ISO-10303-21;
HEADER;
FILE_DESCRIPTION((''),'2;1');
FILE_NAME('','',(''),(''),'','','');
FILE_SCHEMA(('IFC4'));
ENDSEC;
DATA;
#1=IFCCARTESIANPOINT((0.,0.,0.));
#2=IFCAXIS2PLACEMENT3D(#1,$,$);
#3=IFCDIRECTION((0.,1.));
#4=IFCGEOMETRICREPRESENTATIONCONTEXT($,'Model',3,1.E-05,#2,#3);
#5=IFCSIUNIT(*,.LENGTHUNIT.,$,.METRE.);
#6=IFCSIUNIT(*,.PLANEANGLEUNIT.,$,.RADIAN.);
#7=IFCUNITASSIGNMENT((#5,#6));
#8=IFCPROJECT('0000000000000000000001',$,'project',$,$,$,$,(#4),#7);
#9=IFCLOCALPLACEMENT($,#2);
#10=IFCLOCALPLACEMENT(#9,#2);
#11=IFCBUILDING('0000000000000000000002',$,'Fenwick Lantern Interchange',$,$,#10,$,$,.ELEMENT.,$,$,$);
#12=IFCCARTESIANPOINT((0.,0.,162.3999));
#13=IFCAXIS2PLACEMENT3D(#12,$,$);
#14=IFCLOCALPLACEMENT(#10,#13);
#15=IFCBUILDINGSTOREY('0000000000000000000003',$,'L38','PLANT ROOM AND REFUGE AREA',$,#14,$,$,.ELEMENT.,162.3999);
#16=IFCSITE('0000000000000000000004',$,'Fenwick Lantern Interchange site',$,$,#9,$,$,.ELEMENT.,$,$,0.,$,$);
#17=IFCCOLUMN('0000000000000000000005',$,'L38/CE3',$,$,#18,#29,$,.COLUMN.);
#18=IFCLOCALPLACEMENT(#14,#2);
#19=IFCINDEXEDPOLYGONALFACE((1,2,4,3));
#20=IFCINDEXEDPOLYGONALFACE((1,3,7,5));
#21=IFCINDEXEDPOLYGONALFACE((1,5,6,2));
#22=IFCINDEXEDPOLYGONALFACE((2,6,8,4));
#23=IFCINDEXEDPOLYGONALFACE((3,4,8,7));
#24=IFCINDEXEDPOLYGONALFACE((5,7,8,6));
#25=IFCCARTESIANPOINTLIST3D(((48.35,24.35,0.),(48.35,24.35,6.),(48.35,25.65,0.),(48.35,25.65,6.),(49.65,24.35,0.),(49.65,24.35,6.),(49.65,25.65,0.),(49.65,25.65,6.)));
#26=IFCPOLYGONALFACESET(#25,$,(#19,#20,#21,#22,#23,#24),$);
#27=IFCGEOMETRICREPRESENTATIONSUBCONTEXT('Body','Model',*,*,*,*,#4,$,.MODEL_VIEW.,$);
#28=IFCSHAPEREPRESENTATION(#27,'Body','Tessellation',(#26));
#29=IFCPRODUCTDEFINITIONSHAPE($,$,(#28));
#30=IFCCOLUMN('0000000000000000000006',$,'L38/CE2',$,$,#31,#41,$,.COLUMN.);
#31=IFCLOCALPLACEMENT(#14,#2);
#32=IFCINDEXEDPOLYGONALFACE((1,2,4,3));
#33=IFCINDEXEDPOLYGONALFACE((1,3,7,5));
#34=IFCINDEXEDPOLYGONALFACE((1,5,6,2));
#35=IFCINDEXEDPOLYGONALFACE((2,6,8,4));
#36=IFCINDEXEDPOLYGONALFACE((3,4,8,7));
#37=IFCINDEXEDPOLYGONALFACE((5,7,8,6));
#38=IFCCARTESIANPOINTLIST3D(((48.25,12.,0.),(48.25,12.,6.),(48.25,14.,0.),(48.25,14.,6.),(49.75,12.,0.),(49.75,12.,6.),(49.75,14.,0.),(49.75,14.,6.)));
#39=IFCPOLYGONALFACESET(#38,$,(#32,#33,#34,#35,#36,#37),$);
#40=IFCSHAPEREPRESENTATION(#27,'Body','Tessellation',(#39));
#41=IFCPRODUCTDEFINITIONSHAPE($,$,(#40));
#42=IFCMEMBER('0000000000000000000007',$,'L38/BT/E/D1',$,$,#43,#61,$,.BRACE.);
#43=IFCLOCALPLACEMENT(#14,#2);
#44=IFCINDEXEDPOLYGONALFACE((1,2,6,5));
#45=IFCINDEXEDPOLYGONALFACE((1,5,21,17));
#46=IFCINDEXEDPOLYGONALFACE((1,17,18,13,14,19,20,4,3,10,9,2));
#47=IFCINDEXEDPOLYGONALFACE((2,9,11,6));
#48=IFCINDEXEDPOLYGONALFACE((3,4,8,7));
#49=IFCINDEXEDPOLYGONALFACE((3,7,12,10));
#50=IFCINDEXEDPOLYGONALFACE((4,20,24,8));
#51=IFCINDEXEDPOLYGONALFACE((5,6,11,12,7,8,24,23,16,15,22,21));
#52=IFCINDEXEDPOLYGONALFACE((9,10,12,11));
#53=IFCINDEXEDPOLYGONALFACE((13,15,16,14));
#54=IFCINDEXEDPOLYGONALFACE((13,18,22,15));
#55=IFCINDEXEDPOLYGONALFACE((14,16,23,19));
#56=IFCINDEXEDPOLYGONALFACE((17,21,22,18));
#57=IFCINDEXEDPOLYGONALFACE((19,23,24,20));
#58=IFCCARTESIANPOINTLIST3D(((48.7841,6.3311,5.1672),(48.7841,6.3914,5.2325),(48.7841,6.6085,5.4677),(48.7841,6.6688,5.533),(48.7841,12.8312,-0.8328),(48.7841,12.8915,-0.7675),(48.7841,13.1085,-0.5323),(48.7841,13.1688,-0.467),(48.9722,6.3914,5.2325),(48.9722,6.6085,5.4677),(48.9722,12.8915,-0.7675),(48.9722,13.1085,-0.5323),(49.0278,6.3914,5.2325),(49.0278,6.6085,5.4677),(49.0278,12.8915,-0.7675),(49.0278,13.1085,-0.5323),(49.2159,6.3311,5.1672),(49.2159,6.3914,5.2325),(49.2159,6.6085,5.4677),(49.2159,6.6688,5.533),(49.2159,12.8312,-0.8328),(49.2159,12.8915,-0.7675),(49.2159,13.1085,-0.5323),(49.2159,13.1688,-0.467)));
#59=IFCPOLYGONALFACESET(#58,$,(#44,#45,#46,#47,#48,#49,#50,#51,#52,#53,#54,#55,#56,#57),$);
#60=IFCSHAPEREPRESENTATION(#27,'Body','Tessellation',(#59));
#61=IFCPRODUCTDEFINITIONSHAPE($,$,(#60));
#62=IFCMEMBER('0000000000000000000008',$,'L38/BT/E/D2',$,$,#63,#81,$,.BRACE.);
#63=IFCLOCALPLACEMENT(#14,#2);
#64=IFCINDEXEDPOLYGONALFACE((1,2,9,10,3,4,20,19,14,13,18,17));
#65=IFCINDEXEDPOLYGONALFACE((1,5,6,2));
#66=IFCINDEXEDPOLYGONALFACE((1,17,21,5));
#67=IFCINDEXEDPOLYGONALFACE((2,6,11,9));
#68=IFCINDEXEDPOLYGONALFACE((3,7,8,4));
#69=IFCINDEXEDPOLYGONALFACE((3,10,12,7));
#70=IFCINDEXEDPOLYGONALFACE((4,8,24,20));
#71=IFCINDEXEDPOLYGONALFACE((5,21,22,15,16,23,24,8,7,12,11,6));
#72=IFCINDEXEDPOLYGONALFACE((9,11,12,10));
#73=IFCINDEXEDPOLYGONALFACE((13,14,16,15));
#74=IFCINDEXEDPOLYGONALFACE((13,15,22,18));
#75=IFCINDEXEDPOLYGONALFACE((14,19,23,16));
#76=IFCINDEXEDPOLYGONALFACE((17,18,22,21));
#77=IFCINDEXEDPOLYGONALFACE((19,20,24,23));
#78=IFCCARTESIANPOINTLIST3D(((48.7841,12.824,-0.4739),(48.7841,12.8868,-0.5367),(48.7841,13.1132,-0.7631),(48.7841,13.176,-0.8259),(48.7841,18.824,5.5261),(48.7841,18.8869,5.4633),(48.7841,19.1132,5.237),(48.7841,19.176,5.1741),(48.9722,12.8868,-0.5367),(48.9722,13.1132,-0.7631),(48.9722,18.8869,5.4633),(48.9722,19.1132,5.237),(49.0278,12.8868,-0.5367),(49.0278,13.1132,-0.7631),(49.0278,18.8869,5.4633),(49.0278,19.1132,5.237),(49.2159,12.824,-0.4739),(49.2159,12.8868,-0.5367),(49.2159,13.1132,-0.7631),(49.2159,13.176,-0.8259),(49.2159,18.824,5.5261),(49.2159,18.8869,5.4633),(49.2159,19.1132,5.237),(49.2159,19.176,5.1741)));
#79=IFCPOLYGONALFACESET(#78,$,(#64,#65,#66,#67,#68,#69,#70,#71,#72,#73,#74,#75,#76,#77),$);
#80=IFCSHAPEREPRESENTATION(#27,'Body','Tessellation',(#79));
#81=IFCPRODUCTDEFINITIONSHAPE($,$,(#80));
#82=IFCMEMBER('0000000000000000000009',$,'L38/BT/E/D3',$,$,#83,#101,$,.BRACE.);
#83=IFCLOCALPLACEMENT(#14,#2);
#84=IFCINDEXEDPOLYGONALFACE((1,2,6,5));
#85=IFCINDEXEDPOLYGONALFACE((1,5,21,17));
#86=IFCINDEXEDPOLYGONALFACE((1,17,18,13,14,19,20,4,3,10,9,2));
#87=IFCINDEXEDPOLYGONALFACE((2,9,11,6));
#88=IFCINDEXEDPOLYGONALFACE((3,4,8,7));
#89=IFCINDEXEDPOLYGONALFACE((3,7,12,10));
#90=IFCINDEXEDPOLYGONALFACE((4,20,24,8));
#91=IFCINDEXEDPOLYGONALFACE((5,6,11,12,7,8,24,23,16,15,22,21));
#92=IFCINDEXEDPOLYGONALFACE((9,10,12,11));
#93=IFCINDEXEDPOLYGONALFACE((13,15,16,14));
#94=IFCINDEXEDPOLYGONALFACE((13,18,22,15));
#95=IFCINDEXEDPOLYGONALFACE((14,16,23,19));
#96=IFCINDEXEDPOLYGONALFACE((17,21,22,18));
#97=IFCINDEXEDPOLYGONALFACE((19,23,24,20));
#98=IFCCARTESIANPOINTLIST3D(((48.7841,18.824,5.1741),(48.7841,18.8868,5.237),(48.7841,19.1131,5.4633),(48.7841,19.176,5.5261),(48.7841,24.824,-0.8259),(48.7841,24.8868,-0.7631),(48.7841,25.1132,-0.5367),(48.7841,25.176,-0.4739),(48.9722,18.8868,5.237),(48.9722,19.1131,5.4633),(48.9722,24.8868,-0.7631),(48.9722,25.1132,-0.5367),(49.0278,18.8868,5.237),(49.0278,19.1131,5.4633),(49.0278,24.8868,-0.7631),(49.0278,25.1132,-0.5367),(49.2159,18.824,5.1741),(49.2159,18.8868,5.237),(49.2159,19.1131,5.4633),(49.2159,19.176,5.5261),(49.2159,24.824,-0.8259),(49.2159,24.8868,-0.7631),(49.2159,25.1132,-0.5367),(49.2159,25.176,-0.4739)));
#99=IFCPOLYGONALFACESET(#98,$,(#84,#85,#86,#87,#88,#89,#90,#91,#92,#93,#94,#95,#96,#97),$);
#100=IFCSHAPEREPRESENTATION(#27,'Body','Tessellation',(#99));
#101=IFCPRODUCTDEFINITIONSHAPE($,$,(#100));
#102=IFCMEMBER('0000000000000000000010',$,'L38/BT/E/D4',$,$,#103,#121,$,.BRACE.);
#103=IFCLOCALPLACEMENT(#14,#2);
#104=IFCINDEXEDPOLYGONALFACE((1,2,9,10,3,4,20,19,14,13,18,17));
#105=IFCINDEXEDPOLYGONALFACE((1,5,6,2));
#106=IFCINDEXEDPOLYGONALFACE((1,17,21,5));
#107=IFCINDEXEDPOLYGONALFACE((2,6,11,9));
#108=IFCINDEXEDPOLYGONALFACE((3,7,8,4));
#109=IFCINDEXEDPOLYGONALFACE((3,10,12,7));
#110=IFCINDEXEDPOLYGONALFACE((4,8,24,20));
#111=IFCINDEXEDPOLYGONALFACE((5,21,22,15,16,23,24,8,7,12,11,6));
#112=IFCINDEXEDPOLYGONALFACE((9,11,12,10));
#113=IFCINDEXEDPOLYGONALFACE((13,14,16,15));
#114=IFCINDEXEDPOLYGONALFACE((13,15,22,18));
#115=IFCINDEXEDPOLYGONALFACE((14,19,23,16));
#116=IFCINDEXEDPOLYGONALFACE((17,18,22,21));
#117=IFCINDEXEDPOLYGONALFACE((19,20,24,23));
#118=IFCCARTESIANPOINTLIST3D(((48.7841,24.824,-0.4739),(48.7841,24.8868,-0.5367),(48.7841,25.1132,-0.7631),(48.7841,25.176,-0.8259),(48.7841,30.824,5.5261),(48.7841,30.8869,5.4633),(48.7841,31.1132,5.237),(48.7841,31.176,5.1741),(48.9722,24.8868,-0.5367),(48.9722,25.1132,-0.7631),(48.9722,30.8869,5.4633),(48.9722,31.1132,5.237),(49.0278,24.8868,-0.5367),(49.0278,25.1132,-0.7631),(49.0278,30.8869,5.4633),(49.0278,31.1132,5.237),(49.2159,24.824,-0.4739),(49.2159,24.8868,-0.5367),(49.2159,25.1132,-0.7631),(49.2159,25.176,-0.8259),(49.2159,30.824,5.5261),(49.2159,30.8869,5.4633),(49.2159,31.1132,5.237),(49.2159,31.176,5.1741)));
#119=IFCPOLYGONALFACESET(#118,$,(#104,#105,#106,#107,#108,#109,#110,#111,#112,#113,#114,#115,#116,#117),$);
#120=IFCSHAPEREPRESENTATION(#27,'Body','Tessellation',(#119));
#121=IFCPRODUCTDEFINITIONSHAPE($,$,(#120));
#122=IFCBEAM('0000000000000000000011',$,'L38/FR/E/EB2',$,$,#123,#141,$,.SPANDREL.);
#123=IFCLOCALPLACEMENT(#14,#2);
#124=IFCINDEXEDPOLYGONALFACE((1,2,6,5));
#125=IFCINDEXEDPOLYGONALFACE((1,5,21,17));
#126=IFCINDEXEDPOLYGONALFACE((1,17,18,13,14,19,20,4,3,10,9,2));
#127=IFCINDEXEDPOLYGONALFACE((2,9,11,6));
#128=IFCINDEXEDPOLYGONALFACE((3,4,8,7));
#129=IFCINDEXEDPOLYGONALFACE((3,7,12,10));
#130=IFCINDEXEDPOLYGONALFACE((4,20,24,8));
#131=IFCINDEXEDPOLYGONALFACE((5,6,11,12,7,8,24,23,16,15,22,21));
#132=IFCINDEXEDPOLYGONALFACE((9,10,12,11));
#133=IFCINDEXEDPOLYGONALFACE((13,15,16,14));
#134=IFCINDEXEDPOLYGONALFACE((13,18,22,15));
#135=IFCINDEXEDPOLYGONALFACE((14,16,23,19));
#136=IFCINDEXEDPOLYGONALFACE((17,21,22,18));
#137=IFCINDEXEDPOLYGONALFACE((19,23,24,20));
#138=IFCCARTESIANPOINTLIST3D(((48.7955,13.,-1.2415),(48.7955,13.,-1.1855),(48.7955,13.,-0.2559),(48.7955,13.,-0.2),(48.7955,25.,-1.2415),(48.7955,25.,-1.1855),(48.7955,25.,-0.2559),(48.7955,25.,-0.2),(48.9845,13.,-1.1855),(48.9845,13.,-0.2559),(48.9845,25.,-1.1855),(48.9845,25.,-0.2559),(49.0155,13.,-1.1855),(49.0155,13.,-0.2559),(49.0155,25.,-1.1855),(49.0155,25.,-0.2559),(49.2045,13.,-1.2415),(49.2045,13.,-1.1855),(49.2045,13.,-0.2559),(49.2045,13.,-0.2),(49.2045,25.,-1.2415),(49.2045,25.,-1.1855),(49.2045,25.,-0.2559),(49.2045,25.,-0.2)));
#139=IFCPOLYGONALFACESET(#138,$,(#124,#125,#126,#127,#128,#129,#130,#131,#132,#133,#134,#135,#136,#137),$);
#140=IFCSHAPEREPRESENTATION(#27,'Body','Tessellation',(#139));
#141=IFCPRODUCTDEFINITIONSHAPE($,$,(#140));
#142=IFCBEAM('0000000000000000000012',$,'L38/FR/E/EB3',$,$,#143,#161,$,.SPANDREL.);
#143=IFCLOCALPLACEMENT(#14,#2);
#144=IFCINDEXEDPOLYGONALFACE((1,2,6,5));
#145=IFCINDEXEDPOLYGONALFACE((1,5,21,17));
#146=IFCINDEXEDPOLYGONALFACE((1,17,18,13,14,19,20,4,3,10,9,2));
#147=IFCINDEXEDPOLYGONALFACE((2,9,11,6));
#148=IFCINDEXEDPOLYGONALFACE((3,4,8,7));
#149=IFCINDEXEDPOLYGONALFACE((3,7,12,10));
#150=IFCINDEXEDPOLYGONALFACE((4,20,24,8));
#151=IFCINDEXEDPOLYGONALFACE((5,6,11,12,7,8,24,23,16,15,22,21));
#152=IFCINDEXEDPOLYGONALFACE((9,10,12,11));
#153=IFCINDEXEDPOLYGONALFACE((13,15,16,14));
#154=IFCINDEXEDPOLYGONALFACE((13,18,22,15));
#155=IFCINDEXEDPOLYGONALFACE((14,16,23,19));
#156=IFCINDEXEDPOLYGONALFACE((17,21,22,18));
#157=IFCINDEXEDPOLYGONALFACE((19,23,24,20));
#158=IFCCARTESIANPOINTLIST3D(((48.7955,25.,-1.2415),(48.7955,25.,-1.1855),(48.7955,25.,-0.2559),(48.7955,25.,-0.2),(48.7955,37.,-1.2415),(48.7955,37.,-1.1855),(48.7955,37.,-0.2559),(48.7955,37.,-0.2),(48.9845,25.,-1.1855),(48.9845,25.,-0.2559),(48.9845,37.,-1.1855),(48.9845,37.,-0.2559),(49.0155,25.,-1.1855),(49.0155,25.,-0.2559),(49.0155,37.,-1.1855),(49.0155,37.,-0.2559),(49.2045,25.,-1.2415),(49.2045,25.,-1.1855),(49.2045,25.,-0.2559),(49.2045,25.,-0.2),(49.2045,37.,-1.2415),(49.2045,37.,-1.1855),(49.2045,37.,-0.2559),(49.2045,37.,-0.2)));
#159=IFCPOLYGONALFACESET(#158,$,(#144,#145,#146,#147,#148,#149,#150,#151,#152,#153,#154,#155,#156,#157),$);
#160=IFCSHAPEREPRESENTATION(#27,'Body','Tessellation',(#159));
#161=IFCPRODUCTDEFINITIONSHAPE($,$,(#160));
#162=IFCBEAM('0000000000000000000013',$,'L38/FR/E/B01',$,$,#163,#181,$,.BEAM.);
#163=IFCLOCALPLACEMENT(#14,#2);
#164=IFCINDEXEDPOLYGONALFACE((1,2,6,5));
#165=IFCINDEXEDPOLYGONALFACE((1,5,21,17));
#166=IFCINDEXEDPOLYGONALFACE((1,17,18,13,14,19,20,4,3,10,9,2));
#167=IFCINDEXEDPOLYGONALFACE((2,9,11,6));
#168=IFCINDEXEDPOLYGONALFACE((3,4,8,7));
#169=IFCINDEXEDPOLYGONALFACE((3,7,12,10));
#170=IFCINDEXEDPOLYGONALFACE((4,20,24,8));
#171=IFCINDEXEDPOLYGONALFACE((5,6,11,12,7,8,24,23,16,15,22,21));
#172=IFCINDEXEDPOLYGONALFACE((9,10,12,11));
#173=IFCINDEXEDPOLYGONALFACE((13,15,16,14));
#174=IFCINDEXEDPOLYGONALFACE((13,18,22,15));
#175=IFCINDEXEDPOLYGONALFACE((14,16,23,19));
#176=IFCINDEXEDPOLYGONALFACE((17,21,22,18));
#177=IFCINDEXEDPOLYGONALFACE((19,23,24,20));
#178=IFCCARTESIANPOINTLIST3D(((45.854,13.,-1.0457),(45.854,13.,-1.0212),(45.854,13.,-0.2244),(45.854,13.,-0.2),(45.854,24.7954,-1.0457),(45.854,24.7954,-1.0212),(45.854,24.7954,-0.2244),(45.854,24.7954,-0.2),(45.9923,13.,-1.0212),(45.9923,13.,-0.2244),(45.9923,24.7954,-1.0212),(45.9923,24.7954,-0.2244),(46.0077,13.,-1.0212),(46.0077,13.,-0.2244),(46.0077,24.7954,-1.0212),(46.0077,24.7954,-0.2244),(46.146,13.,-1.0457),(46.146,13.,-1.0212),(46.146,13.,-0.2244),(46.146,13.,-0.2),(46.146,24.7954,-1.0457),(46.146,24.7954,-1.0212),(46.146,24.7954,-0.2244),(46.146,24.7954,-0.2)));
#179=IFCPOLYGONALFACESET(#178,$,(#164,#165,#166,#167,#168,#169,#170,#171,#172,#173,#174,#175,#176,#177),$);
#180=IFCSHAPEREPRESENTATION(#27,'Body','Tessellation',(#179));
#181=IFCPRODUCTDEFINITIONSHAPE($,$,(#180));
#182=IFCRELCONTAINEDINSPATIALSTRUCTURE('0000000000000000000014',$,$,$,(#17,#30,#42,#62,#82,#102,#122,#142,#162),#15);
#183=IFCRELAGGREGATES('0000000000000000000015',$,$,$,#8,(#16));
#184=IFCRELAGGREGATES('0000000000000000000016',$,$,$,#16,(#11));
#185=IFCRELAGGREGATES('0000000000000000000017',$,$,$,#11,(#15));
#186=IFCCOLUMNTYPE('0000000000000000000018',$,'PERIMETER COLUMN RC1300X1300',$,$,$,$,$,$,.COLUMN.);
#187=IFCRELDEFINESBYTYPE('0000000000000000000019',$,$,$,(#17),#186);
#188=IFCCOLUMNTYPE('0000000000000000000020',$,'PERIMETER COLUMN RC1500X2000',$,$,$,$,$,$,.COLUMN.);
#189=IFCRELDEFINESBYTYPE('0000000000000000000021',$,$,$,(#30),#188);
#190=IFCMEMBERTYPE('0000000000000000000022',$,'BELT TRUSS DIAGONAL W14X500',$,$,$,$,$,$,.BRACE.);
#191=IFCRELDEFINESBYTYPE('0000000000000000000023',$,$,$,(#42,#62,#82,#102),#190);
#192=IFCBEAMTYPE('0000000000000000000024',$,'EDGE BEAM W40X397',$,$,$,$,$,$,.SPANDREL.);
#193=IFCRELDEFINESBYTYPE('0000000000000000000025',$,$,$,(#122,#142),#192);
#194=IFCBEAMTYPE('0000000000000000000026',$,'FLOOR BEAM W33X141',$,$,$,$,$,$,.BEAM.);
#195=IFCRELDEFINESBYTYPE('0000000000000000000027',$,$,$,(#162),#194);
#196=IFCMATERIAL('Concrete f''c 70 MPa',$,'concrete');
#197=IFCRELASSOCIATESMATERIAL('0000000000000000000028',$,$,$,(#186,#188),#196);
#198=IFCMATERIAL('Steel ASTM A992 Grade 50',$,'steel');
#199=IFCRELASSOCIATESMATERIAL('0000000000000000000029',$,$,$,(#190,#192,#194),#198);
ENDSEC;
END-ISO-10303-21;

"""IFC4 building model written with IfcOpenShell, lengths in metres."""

from ifc_helpers import new_model, si_unit, direction, frame, origin, origin_2d, place, context, subcontext, project, spatial, rectangle, i_section, extrude, material, material_profile, profile_set, type_object, element, save


model = new_model("IFC4")

# Units and contexts
model_context = context("Model", 3, precision=1e-05, world=origin(), true_north=direction((0.0, 1.0)))
body_context = subcontext(model_context, "Body", "Model", "MODEL_VIEW")
ifc_project = project(units=[si_unit("LENGTHUNIT", "METRE"), si_unit("PLANEANGLEUNIT", "RADIAN")], contexts=[model_context])

# Site, building, storey
site_placement = place(None, origin())
site = spatial("IfcSite", under=ifc_project, at=site_placement, Name="Fenwick Lantern Interchange site", CompositionType="ELEMENT", RefElevation=0.0)
building_placement = place(site_placement, origin())
building = spatial("IfcBuilding", under=site, at=building_placement, Name="Fenwick Lantern Interchange", CompositionType="ELEMENT")
storey_placement = place(building_placement, frame((0.0, 0.0, 162.3999)))
storey = spatial("IfcBuildingStorey", under=building, at=storey_placement, Name="L38", Description="PLANT ROOM AND REFUGE AREA", CompositionType="ELEMENT", Elevation=162.3999)

# Columns
ifc_material_1 = material(Name="Concrete f'c 70 MPa", Category="concrete")
ifc_material_profile_1 = material_profile(ifc_material_1, rectangle(XDim=1.3, YDim=1.3, at=origin_2d()), Name="RC1300X1300")
ifc_profile_set_1 = profile_set([ifc_material_profile_1], Name="Concrete f'c 70 MPa")
column_type_1 = type_object("IfcColumnType", Name="PERIMETER COLUMN RC1300X1300", PredefinedType="COLUMN", material=ifc_profile_set_1)
column_1_placement = place(storey_placement, frame((49.0, 25.0, 0.0), z_axis=(0.0, 0.0, 1.0), x_axis=(1.0, 0.0, 0.0)))
element("IfcColumn", 1, at=column_1_placement, inside=storey, type_object=column_type_1, Name="L38/CE3", PredefinedType="COLUMN", context=body_context, shape_type="SweptSolid", body=[
    extrude(rectangle(XDim=1.3, YDim=1.3, at=origin_2d()), origin(), (0.0, 0.0, 1.0), 6.0),
])
ifc_material_profile_2 = material_profile(ifc_material_1, rectangle(XDim=1.5, YDim=2.0, at=origin_2d()), Name="RC1500X2000")
ifc_profile_set_2 = profile_set([ifc_material_profile_2], Name="Concrete f'c 70 MPa")
column_type_2 = type_object("IfcColumnType", Name="PERIMETER COLUMN RC1500X2000", PredefinedType="COLUMN", material=ifc_profile_set_2)
column_2_placement = place(storey_placement, frame((49.0, 13.0, 0.0), z_axis=(0.0, 0.0, 1.0), x_axis=(1.0, 0.0, 0.0)))
element("IfcColumn", 2, at=column_2_placement, inside=storey, type_object=column_type_2, Name="L38/CE2", PredefinedType="COLUMN", context=body_context, shape_type="SweptSolid", body=[
    extrude(rectangle(XDim=1.5, YDim=2.0, at=origin_2d()), origin(), (0.0, 0.0, 1.0), 6.0),
])

# Members
ifc_material_2 = material(Name="Steel ASTM A992 Grade 50", Category="steel")
ifc_material_profile_3 = material_profile(ifc_material_2, i_section(OverallWidth=0.4319, OverallDepth=0.4978, WebThickness=0.0557, FlangeThickness=0.0889, at=origin_2d()), Name="W14X500")
ifc_profile_set_3 = profile_set([ifc_material_profile_3], Name="Steel ASTM A992 Grade 50")
member_type_1 = type_object("IfcMemberType", Name="BELT TRUSS DIAGONAL W14X500", PredefinedType="BRACE", material=ifc_profile_set_3)
member_1_placement = place(storey_placement, frame((49.0, 13.0, -0.6499), z_axis=(0.0, -0.734803, 0.67828), x_axis=(1.0, 0.0, 0.0)))
element("IfcMember", 3, at=member_1_placement, inside=storey, type_object=member_type_1, Name="L38/BT/E/D1", PredefinedType="BRACE", context=body_context, shape_type="SweptSolid", body=[
    extrude(i_section(OverallWidth=0.4319, OverallDepth=0.4978, WebThickness=0.0557, FlangeThickness=0.0889, at=origin_2d()), origin(), (0.0, 0.0, 1.0), 8.8459),
])
for number, where, z_axis, x_axis, name in (
    (4, (49.0, 13.0, -0.6499), (0.0, 0.707107, 0.707107), (-1.0, 0.0, 0.0), "L38/BT/E/D2"),
    (5, (49.0, 25.0, -0.6499), (0.0, -0.707107, 0.707107), (1.0, 0.0, 0.0), "L38/BT/E/D3"),
    (6, (49.0, 25.0, -0.6499), (0.0, 0.707107, 0.707107), (-1.0, 0.0, 0.0), "L38/BT/E/D4"),
):
    element("IfcMember", number, at=place(storey_placement, frame(where, z_axis=z_axis, x_axis=x_axis)), inside=storey, type_object=member_type_1, Name=name, PredefinedType="BRACE", context=body_context, shape_type="SweptSolid", body=[
        extrude(i_section(OverallWidth=0.4319, OverallDepth=0.4978, WebThickness=0.0557, FlangeThickness=0.0889, at=origin_2d()), origin(), (0.0, 0.0, 1.0), 8.4854),
    ])

# Beams
ifc_material_profile_4 = material_profile(ifc_material_2, i_section(OverallWidth=0.4089, OverallDepth=1.0415, WebThickness=0.031, FlangeThickness=0.0559, at=origin_2d()), Name="W40X397")
ifc_profile_set_4 = profile_set([ifc_material_profile_4], Name="Steel ASTM A992 Grade 50")
beam_type_1 = type_object("IfcBeamType", Name="EDGE BEAM W40X397", PredefinedType="SPANDREL", material=ifc_profile_set_4)
for number, where, z_axis, x_axis, name in (
    (7, (49.0, 13.0, -0.7207), (0.0, 1.0, 0.0), (-1.0, 0.0, 0.0), "L38/FR/E/EB2"),
    (8, (49.0, 25.0, -0.7207), (0.0, 1.0, 0.0), (-1.0, 0.0, 0.0), "L38/FR/E/EB3"),
):
    element("IfcBeam", number, at=place(storey_placement, frame(where, z_axis=z_axis, x_axis=x_axis)), inside=storey, type_object=beam_type_1, Name=name, PredefinedType="SPANDREL", context=body_context, shape_type="SweptSolid", body=[
        extrude(i_section(OverallWidth=0.4089, OverallDepth=1.0415, WebThickness=0.031, FlangeThickness=0.0559, at=origin_2d()), origin(), (0.0, 0.0, 1.0), 12.0),
    ])
ifc_material_profile_5 = material_profile(ifc_material_2, i_section(OverallWidth=0.292, OverallDepth=0.8457, WebThickness=0.0154, FlangeThickness=0.0244, at=origin_2d()), Name="W33X141")
ifc_profile_set_5 = profile_set([ifc_material_profile_5], Name="Steel ASTM A992 Grade 50")
beam_type_2 = type_object("IfcBeamType", Name="FLOOR BEAM W33X141", PredefinedType="BEAM", material=ifc_profile_set_5)
for number, where, z_axis, x_axis, name in (
    (9, (46.0, 13.0, -0.6228), (0.0, 1.0, 0.0), (-1.0, 0.0, 0.0), "L38/FR/E/B01"),
):
    element("IfcBeam", number, at=place(storey_placement, frame(where, z_axis=z_axis, x_axis=x_axis)), inside=storey, type_object=beam_type_2, Name=name, PredefinedType="BEAM", context=body_context, shape_type="SweptSolid", body=[
        extrude(i_section(OverallWidth=0.292, OverallDepth=0.8457, WebThickness=0.0154, FlangeThickness=0.0244, at=origin_2d()), origin(), (0.0, 0.0, 1.0), 11.7954),
    ])

save(model, "model.ifc")
